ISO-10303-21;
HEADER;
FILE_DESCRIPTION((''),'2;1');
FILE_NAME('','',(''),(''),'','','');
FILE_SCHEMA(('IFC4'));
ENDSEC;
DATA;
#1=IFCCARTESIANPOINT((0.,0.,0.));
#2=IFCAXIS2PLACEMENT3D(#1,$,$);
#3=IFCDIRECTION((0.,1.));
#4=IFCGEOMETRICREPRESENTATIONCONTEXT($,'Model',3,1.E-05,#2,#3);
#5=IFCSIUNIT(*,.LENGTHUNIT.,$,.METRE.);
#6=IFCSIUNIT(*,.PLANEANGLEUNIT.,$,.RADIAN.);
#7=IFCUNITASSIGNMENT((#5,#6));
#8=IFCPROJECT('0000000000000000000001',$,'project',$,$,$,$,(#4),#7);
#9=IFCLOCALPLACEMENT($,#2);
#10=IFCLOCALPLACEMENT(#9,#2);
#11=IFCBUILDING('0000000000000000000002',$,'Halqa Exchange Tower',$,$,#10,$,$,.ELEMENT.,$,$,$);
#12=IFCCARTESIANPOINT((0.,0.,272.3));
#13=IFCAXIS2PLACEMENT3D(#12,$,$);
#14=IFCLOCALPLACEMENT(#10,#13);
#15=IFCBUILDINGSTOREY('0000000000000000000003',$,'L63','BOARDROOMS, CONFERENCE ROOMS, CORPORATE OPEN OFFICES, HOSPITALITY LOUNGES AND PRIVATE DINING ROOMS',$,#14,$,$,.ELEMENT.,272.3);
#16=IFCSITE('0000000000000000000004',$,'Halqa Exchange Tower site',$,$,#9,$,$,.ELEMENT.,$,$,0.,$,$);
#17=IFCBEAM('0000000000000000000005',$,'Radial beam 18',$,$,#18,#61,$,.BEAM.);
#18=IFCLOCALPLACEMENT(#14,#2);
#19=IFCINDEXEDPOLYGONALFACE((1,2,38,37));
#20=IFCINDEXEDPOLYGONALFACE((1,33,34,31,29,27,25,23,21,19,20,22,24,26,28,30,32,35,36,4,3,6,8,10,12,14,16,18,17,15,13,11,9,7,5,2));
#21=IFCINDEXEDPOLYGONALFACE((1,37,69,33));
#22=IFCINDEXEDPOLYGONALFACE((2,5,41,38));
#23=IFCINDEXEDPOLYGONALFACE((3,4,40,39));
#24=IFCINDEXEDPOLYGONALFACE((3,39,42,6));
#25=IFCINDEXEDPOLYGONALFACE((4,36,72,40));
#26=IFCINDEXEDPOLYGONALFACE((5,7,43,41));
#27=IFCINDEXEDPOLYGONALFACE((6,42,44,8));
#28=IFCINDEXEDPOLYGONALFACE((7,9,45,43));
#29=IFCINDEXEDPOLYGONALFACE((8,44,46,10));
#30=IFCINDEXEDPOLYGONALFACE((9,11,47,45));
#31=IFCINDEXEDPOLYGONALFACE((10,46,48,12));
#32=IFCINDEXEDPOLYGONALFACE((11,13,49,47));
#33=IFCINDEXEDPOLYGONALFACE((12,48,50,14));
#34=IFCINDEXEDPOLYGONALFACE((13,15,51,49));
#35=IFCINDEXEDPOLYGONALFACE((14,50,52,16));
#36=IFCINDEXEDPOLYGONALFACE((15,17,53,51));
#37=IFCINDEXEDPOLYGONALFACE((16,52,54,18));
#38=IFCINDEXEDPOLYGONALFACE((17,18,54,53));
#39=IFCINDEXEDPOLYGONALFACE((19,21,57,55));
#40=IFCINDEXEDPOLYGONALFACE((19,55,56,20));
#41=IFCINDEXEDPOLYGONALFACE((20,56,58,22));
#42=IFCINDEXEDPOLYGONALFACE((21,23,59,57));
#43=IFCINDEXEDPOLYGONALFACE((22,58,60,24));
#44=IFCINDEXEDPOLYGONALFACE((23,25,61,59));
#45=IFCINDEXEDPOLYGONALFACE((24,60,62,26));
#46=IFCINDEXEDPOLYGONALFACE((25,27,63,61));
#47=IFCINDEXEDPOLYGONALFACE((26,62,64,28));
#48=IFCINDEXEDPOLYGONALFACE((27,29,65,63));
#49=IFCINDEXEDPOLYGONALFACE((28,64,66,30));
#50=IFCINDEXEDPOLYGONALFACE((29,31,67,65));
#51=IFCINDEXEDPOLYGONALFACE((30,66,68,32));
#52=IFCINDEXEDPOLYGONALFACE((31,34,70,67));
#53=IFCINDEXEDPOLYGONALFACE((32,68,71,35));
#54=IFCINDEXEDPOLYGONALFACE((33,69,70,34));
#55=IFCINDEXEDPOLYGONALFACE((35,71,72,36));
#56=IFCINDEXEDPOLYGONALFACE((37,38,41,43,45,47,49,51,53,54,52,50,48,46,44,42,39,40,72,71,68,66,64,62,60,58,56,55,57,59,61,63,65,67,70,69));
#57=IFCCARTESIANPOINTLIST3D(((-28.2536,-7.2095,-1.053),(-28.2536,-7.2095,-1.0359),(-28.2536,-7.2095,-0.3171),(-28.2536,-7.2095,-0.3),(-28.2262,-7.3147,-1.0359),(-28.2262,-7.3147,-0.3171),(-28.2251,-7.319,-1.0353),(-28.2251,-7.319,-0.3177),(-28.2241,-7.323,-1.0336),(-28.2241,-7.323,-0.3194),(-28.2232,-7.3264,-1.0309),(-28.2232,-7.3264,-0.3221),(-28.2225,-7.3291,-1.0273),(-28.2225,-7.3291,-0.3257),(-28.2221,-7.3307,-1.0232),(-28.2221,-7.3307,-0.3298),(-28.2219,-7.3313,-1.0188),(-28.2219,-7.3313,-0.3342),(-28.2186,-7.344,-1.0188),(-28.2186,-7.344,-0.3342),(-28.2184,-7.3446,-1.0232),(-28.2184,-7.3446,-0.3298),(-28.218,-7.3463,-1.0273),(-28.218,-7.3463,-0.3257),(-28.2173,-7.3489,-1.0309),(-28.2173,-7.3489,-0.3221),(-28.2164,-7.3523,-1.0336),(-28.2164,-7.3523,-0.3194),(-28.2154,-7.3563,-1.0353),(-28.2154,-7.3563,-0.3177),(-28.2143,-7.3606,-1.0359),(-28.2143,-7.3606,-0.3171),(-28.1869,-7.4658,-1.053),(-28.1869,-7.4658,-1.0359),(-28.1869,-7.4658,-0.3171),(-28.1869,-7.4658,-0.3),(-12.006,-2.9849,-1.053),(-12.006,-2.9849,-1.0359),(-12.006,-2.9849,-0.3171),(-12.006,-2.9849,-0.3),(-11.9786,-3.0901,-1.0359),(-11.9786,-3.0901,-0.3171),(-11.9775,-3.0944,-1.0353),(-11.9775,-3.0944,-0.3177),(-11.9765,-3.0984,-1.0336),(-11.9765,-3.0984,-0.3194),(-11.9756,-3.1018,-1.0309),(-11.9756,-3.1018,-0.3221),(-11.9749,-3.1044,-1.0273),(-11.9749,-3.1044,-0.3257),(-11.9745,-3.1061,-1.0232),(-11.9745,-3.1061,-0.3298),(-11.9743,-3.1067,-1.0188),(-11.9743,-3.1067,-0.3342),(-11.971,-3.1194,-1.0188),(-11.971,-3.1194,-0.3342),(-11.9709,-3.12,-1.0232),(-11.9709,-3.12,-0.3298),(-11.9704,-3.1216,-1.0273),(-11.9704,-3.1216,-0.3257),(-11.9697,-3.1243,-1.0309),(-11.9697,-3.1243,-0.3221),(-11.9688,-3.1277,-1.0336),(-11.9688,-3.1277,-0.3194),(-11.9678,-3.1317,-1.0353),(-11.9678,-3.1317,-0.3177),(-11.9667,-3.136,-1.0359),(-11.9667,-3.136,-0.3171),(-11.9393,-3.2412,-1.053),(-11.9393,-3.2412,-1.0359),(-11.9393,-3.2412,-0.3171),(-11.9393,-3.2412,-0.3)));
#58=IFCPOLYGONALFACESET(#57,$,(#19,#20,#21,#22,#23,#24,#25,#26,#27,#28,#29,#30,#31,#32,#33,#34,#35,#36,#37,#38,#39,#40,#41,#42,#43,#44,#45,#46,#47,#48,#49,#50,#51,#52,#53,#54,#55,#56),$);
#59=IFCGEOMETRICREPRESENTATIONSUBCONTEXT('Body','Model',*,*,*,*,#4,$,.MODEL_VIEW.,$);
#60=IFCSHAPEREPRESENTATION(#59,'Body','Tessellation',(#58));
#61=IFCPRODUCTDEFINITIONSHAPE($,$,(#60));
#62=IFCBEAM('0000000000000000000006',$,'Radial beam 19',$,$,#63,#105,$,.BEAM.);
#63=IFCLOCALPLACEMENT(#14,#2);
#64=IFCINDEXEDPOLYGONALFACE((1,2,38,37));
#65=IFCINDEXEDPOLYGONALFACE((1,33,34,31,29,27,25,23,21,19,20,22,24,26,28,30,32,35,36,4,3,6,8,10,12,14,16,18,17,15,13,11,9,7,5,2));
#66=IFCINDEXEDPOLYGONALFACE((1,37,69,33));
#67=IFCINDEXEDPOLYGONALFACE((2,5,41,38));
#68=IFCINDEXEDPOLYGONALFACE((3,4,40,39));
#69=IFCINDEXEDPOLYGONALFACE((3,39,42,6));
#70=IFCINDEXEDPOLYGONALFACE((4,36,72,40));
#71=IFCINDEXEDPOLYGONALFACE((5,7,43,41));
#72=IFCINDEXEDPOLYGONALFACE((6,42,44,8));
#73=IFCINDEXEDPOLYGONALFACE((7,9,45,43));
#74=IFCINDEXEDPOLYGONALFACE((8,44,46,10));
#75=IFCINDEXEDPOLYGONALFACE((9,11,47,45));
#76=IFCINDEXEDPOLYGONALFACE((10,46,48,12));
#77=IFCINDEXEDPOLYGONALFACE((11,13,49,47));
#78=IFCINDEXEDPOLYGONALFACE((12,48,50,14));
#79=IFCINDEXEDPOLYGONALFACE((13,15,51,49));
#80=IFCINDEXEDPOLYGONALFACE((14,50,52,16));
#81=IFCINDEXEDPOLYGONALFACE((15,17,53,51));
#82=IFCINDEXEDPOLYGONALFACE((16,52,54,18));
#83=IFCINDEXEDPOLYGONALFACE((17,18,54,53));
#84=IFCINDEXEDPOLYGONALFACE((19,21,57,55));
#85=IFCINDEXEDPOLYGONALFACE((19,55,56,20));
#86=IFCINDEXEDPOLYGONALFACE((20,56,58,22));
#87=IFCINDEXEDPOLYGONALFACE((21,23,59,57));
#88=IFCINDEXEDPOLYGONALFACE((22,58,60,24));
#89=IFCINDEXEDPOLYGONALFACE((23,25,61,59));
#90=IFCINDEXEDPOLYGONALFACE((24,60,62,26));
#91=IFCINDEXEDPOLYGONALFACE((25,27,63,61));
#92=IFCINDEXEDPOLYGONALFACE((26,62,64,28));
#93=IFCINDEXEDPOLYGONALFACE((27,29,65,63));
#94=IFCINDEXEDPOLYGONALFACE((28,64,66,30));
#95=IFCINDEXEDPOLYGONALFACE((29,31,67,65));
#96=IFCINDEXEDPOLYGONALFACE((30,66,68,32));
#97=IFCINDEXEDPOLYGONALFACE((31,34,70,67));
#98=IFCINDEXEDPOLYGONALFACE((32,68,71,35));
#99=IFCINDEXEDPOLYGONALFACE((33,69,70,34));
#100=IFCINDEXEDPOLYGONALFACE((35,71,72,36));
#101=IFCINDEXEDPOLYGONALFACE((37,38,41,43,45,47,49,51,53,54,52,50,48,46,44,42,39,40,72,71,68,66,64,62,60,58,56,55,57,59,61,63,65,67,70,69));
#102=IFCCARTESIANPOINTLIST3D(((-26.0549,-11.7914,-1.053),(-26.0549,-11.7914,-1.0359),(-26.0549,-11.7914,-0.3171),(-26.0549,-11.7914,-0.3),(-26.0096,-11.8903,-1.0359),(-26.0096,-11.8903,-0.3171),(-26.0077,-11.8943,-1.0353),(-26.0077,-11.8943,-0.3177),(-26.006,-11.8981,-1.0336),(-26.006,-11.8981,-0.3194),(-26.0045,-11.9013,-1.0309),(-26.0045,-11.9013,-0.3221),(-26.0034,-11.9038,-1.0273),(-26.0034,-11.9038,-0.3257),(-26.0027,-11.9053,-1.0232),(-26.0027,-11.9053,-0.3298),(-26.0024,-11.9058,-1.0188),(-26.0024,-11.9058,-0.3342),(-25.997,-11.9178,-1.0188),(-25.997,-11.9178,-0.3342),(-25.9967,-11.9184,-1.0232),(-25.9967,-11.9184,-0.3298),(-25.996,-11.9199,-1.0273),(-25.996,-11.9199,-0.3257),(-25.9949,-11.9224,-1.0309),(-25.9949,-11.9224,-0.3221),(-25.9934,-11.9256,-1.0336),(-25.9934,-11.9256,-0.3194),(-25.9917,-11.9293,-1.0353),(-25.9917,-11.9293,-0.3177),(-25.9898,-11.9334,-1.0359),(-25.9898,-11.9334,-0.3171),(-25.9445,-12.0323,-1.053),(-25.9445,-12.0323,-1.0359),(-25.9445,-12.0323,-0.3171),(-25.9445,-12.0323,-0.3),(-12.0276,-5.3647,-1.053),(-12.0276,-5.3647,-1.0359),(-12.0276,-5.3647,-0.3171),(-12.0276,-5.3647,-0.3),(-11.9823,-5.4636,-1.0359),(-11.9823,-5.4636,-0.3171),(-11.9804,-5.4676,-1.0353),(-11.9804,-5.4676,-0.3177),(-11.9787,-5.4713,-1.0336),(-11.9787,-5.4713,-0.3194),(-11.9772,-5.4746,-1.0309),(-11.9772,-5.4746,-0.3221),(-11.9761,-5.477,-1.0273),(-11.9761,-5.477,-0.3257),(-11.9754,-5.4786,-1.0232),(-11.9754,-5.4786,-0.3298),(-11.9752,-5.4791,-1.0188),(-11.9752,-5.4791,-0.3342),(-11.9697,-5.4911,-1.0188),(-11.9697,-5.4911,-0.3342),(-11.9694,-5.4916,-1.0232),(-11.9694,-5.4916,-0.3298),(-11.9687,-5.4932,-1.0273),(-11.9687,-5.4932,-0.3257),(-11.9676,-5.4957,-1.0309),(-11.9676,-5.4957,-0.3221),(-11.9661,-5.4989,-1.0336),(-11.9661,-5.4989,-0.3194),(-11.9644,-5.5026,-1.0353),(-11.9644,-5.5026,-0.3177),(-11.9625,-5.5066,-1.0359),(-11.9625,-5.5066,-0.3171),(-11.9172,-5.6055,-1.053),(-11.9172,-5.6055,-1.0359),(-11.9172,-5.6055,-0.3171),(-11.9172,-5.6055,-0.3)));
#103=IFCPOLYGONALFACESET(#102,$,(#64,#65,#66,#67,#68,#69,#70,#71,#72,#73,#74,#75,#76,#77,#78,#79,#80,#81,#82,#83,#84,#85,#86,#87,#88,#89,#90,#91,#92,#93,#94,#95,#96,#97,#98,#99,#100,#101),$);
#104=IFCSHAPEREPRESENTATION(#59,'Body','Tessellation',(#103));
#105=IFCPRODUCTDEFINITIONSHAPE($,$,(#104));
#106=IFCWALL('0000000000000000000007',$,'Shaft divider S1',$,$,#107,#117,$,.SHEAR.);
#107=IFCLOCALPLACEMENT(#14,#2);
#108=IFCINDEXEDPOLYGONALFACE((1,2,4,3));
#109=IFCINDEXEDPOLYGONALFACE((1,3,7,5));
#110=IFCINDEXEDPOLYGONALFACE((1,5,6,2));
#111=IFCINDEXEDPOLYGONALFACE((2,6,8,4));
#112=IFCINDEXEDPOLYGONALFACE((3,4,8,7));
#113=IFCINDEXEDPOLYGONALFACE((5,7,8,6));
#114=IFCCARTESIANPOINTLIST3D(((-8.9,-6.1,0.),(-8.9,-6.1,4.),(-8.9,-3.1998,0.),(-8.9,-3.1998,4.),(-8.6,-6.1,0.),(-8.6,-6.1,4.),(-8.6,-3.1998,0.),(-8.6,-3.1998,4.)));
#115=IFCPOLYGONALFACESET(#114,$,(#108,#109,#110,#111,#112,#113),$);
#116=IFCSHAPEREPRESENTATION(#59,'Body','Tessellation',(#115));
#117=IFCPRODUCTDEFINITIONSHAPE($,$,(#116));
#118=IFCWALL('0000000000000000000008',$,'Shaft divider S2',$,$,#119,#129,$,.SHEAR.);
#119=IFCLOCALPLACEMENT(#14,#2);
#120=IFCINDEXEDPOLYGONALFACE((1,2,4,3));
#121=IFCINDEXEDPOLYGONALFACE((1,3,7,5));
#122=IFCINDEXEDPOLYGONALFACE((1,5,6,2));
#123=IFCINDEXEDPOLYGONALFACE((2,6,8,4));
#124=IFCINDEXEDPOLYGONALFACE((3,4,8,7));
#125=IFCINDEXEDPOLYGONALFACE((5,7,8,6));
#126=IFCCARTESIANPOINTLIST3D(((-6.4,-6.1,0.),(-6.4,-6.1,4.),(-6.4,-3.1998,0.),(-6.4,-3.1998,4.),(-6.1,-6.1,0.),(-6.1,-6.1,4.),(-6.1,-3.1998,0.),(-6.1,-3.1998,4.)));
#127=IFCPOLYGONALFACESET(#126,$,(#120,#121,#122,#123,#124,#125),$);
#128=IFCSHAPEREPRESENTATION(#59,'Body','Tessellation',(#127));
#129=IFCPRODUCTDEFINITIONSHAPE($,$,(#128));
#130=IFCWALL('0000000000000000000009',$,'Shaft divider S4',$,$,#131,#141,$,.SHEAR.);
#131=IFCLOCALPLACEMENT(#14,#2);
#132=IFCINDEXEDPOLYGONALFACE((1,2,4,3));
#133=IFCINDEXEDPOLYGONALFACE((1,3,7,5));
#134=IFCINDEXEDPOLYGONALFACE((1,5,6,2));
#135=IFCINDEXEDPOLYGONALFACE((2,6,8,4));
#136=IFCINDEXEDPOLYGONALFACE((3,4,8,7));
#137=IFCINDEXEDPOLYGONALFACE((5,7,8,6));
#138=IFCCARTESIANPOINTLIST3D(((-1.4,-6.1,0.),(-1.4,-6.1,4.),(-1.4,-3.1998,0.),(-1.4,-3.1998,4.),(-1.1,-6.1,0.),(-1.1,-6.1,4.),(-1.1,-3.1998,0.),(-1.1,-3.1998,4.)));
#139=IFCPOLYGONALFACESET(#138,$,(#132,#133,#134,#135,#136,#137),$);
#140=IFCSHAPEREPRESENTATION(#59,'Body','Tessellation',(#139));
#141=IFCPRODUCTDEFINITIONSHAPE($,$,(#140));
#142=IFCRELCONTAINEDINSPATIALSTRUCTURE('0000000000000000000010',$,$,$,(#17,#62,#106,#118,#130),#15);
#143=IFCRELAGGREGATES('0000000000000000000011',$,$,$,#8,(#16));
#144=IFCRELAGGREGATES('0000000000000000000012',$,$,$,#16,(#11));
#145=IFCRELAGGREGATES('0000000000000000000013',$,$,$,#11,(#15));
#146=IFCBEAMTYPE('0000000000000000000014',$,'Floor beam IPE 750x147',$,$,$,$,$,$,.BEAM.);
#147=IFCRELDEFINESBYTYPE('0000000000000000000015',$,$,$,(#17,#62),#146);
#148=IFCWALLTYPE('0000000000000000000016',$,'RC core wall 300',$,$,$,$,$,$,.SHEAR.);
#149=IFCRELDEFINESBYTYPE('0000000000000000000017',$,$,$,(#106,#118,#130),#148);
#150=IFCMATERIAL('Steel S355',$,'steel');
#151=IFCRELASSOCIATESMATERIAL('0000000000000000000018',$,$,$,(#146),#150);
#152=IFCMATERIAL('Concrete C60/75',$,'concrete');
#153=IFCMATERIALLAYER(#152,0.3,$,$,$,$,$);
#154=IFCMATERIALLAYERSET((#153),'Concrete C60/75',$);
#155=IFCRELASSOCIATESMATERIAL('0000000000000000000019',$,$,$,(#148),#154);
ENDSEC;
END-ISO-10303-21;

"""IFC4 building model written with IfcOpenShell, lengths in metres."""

from ifc_helpers import new_model, si_unit, direction, frame, frame_2d, origin, origin_2d, place, context, subcontext, project, spatial, rectangle, i_section, extrude, material, layer, layer_set, material_profile, profile_set, type_object, element, save


model = new_model("IFC4")

# Units and contexts
model_context = context("Model", 3, precision=1e-05, world=origin(), true_north=direction((0.0, 1.0)))
body_context = subcontext(model_context, "Body", "Model", "MODEL_VIEW")
ifc_project = project(units=[si_unit("LENGTHUNIT", "METRE"), si_unit("PLANEANGLEUNIT", "RADIAN")], contexts=[model_context])

# Site, building, storey
site_placement = place(None, origin())
site = spatial("IfcSite", under=ifc_project, at=site_placement, Name="Halqa Exchange Tower site", CompositionType="ELEMENT", RefElevation=0.0)
building_placement = place(site_placement, origin())
building = spatial("IfcBuilding", under=site, at=building_placement, Name="Halqa Exchange Tower", CompositionType="ELEMENT")
storey_placement = place(building_placement, frame((0.0, 0.0, 272.3)))
storey = spatial("IfcBuildingStorey", under=building, at=storey_placement, Name="L63", Description="BOARDROOMS, CONFERENCE ROOMS, CORPORATE OPEN OFFICES, HOSPITALITY LOUNGES AND PRIVATE DINING ROOMS", CompositionType="ELEMENT", Elevation=272.3)

# Beams
ifc_material_1 = material(Name="Steel S355", Category="steel")
ifc_material_profile = material_profile(ifc_material_1, i_section(OverallWidth=0.2649, OverallDepth=0.7529, WebThickness=0.0132, FlangeThickness=0.0171, FilletRadius=0.0171, at=origin_2d()), Name="IPE 750x147")
ifc_profile_set = profile_set([ifc_material_profile], Name="Steel S355")
beam_type = type_object("IfcBeamType", Name="Floor beam IPE 750x147", PredefinedType="BEAM", material=ifc_profile_set)
beam_1_placement = place(storey_placement, frame((-11.9727, -3.113, -0.6765), z_axis=(-0.967819, -0.251647, 0.0), x_axis=(0.251647, -0.967819, 0.0)))
element("IfcBeam", 1, at=beam_1_placement, inside=storey, type_object=beam_type, Name="Radial beam 18", PredefinedType="BEAM", context=body_context, shape_type="SweptSolid", body=[
    extrude(i_section(OverallWidth=0.2649, OverallDepth=0.7529, WebThickness=0.0132, FlangeThickness=0.0171, FilletRadius=0.0171, at=origin_2d()), origin(), (0.0, 0.0, 1.0), 16.7878),
])
beam_2_placement = place(storey_placement, frame((-11.9724, -5.4851, -0.6765), z_axis=(-0.909125, -0.416524, 0.0), x_axis=(0.416524, -0.909125, 0.0)))
element("IfcBeam", 2, at=beam_2_placement, inside=storey, type_object=beam_type, Name="Radial beam 19", PredefinedType="BEAM", context=body_context, shape_type="SweptSolid", body=[
    extrude(i_section(OverallWidth=0.2649, OverallDepth=0.7529, WebThickness=0.0132, FlangeThickness=0.0171, FilletRadius=0.0171, at=origin_2d()), origin(), (0.0, 0.0, 1.0), 15.4294),
])

# Walls
ifc_material_2 = material(Name="Concrete C60/75", Category="concrete")
ifc_layer_1 = layer(ifc_material_2, 0.3)
ifc_layer_set_1 = layer_set([ifc_layer_1], Name="Concrete C60/75")
wall_type_1 = type_object("IfcWallType", Name="RC core wall 300", PredefinedType="SHEAR", material=ifc_layer_set_1)
for number, where, z_axis, x_axis, name in (
    (3, (-8.75, -6.1001, 0.0), (0.0, 0.0, 1.0), (0.0, 1.0, 0.0), "Shaft divider S1"),
    (4, (-6.25, -6.1001, 0.0), (0.0, 0.0, 1.0), (0.0, 1.0, 0.0), "Shaft divider S2"),
    (5, (-1.25, -6.1001, 0.0), (0.0, 0.0, 1.0), (0.0, 1.0, 0.0), "Shaft divider S4"),
):
    element("IfcWall", number, at=place(storey_placement, frame(where, z_axis=z_axis, x_axis=x_axis)), inside=storey, type_object=wall_type_1, Name=name, PredefinedType="SHEAR", context=body_context, shape_type="SweptSolid", body=[
        extrude(rectangle(XDim=2.9001, YDim=0.3, at=frame_2d((1.4502, 0.0))), origin(), (0.0, 0.0, 1.0), 4.0),
    ])

save(model, "model.ifc")
